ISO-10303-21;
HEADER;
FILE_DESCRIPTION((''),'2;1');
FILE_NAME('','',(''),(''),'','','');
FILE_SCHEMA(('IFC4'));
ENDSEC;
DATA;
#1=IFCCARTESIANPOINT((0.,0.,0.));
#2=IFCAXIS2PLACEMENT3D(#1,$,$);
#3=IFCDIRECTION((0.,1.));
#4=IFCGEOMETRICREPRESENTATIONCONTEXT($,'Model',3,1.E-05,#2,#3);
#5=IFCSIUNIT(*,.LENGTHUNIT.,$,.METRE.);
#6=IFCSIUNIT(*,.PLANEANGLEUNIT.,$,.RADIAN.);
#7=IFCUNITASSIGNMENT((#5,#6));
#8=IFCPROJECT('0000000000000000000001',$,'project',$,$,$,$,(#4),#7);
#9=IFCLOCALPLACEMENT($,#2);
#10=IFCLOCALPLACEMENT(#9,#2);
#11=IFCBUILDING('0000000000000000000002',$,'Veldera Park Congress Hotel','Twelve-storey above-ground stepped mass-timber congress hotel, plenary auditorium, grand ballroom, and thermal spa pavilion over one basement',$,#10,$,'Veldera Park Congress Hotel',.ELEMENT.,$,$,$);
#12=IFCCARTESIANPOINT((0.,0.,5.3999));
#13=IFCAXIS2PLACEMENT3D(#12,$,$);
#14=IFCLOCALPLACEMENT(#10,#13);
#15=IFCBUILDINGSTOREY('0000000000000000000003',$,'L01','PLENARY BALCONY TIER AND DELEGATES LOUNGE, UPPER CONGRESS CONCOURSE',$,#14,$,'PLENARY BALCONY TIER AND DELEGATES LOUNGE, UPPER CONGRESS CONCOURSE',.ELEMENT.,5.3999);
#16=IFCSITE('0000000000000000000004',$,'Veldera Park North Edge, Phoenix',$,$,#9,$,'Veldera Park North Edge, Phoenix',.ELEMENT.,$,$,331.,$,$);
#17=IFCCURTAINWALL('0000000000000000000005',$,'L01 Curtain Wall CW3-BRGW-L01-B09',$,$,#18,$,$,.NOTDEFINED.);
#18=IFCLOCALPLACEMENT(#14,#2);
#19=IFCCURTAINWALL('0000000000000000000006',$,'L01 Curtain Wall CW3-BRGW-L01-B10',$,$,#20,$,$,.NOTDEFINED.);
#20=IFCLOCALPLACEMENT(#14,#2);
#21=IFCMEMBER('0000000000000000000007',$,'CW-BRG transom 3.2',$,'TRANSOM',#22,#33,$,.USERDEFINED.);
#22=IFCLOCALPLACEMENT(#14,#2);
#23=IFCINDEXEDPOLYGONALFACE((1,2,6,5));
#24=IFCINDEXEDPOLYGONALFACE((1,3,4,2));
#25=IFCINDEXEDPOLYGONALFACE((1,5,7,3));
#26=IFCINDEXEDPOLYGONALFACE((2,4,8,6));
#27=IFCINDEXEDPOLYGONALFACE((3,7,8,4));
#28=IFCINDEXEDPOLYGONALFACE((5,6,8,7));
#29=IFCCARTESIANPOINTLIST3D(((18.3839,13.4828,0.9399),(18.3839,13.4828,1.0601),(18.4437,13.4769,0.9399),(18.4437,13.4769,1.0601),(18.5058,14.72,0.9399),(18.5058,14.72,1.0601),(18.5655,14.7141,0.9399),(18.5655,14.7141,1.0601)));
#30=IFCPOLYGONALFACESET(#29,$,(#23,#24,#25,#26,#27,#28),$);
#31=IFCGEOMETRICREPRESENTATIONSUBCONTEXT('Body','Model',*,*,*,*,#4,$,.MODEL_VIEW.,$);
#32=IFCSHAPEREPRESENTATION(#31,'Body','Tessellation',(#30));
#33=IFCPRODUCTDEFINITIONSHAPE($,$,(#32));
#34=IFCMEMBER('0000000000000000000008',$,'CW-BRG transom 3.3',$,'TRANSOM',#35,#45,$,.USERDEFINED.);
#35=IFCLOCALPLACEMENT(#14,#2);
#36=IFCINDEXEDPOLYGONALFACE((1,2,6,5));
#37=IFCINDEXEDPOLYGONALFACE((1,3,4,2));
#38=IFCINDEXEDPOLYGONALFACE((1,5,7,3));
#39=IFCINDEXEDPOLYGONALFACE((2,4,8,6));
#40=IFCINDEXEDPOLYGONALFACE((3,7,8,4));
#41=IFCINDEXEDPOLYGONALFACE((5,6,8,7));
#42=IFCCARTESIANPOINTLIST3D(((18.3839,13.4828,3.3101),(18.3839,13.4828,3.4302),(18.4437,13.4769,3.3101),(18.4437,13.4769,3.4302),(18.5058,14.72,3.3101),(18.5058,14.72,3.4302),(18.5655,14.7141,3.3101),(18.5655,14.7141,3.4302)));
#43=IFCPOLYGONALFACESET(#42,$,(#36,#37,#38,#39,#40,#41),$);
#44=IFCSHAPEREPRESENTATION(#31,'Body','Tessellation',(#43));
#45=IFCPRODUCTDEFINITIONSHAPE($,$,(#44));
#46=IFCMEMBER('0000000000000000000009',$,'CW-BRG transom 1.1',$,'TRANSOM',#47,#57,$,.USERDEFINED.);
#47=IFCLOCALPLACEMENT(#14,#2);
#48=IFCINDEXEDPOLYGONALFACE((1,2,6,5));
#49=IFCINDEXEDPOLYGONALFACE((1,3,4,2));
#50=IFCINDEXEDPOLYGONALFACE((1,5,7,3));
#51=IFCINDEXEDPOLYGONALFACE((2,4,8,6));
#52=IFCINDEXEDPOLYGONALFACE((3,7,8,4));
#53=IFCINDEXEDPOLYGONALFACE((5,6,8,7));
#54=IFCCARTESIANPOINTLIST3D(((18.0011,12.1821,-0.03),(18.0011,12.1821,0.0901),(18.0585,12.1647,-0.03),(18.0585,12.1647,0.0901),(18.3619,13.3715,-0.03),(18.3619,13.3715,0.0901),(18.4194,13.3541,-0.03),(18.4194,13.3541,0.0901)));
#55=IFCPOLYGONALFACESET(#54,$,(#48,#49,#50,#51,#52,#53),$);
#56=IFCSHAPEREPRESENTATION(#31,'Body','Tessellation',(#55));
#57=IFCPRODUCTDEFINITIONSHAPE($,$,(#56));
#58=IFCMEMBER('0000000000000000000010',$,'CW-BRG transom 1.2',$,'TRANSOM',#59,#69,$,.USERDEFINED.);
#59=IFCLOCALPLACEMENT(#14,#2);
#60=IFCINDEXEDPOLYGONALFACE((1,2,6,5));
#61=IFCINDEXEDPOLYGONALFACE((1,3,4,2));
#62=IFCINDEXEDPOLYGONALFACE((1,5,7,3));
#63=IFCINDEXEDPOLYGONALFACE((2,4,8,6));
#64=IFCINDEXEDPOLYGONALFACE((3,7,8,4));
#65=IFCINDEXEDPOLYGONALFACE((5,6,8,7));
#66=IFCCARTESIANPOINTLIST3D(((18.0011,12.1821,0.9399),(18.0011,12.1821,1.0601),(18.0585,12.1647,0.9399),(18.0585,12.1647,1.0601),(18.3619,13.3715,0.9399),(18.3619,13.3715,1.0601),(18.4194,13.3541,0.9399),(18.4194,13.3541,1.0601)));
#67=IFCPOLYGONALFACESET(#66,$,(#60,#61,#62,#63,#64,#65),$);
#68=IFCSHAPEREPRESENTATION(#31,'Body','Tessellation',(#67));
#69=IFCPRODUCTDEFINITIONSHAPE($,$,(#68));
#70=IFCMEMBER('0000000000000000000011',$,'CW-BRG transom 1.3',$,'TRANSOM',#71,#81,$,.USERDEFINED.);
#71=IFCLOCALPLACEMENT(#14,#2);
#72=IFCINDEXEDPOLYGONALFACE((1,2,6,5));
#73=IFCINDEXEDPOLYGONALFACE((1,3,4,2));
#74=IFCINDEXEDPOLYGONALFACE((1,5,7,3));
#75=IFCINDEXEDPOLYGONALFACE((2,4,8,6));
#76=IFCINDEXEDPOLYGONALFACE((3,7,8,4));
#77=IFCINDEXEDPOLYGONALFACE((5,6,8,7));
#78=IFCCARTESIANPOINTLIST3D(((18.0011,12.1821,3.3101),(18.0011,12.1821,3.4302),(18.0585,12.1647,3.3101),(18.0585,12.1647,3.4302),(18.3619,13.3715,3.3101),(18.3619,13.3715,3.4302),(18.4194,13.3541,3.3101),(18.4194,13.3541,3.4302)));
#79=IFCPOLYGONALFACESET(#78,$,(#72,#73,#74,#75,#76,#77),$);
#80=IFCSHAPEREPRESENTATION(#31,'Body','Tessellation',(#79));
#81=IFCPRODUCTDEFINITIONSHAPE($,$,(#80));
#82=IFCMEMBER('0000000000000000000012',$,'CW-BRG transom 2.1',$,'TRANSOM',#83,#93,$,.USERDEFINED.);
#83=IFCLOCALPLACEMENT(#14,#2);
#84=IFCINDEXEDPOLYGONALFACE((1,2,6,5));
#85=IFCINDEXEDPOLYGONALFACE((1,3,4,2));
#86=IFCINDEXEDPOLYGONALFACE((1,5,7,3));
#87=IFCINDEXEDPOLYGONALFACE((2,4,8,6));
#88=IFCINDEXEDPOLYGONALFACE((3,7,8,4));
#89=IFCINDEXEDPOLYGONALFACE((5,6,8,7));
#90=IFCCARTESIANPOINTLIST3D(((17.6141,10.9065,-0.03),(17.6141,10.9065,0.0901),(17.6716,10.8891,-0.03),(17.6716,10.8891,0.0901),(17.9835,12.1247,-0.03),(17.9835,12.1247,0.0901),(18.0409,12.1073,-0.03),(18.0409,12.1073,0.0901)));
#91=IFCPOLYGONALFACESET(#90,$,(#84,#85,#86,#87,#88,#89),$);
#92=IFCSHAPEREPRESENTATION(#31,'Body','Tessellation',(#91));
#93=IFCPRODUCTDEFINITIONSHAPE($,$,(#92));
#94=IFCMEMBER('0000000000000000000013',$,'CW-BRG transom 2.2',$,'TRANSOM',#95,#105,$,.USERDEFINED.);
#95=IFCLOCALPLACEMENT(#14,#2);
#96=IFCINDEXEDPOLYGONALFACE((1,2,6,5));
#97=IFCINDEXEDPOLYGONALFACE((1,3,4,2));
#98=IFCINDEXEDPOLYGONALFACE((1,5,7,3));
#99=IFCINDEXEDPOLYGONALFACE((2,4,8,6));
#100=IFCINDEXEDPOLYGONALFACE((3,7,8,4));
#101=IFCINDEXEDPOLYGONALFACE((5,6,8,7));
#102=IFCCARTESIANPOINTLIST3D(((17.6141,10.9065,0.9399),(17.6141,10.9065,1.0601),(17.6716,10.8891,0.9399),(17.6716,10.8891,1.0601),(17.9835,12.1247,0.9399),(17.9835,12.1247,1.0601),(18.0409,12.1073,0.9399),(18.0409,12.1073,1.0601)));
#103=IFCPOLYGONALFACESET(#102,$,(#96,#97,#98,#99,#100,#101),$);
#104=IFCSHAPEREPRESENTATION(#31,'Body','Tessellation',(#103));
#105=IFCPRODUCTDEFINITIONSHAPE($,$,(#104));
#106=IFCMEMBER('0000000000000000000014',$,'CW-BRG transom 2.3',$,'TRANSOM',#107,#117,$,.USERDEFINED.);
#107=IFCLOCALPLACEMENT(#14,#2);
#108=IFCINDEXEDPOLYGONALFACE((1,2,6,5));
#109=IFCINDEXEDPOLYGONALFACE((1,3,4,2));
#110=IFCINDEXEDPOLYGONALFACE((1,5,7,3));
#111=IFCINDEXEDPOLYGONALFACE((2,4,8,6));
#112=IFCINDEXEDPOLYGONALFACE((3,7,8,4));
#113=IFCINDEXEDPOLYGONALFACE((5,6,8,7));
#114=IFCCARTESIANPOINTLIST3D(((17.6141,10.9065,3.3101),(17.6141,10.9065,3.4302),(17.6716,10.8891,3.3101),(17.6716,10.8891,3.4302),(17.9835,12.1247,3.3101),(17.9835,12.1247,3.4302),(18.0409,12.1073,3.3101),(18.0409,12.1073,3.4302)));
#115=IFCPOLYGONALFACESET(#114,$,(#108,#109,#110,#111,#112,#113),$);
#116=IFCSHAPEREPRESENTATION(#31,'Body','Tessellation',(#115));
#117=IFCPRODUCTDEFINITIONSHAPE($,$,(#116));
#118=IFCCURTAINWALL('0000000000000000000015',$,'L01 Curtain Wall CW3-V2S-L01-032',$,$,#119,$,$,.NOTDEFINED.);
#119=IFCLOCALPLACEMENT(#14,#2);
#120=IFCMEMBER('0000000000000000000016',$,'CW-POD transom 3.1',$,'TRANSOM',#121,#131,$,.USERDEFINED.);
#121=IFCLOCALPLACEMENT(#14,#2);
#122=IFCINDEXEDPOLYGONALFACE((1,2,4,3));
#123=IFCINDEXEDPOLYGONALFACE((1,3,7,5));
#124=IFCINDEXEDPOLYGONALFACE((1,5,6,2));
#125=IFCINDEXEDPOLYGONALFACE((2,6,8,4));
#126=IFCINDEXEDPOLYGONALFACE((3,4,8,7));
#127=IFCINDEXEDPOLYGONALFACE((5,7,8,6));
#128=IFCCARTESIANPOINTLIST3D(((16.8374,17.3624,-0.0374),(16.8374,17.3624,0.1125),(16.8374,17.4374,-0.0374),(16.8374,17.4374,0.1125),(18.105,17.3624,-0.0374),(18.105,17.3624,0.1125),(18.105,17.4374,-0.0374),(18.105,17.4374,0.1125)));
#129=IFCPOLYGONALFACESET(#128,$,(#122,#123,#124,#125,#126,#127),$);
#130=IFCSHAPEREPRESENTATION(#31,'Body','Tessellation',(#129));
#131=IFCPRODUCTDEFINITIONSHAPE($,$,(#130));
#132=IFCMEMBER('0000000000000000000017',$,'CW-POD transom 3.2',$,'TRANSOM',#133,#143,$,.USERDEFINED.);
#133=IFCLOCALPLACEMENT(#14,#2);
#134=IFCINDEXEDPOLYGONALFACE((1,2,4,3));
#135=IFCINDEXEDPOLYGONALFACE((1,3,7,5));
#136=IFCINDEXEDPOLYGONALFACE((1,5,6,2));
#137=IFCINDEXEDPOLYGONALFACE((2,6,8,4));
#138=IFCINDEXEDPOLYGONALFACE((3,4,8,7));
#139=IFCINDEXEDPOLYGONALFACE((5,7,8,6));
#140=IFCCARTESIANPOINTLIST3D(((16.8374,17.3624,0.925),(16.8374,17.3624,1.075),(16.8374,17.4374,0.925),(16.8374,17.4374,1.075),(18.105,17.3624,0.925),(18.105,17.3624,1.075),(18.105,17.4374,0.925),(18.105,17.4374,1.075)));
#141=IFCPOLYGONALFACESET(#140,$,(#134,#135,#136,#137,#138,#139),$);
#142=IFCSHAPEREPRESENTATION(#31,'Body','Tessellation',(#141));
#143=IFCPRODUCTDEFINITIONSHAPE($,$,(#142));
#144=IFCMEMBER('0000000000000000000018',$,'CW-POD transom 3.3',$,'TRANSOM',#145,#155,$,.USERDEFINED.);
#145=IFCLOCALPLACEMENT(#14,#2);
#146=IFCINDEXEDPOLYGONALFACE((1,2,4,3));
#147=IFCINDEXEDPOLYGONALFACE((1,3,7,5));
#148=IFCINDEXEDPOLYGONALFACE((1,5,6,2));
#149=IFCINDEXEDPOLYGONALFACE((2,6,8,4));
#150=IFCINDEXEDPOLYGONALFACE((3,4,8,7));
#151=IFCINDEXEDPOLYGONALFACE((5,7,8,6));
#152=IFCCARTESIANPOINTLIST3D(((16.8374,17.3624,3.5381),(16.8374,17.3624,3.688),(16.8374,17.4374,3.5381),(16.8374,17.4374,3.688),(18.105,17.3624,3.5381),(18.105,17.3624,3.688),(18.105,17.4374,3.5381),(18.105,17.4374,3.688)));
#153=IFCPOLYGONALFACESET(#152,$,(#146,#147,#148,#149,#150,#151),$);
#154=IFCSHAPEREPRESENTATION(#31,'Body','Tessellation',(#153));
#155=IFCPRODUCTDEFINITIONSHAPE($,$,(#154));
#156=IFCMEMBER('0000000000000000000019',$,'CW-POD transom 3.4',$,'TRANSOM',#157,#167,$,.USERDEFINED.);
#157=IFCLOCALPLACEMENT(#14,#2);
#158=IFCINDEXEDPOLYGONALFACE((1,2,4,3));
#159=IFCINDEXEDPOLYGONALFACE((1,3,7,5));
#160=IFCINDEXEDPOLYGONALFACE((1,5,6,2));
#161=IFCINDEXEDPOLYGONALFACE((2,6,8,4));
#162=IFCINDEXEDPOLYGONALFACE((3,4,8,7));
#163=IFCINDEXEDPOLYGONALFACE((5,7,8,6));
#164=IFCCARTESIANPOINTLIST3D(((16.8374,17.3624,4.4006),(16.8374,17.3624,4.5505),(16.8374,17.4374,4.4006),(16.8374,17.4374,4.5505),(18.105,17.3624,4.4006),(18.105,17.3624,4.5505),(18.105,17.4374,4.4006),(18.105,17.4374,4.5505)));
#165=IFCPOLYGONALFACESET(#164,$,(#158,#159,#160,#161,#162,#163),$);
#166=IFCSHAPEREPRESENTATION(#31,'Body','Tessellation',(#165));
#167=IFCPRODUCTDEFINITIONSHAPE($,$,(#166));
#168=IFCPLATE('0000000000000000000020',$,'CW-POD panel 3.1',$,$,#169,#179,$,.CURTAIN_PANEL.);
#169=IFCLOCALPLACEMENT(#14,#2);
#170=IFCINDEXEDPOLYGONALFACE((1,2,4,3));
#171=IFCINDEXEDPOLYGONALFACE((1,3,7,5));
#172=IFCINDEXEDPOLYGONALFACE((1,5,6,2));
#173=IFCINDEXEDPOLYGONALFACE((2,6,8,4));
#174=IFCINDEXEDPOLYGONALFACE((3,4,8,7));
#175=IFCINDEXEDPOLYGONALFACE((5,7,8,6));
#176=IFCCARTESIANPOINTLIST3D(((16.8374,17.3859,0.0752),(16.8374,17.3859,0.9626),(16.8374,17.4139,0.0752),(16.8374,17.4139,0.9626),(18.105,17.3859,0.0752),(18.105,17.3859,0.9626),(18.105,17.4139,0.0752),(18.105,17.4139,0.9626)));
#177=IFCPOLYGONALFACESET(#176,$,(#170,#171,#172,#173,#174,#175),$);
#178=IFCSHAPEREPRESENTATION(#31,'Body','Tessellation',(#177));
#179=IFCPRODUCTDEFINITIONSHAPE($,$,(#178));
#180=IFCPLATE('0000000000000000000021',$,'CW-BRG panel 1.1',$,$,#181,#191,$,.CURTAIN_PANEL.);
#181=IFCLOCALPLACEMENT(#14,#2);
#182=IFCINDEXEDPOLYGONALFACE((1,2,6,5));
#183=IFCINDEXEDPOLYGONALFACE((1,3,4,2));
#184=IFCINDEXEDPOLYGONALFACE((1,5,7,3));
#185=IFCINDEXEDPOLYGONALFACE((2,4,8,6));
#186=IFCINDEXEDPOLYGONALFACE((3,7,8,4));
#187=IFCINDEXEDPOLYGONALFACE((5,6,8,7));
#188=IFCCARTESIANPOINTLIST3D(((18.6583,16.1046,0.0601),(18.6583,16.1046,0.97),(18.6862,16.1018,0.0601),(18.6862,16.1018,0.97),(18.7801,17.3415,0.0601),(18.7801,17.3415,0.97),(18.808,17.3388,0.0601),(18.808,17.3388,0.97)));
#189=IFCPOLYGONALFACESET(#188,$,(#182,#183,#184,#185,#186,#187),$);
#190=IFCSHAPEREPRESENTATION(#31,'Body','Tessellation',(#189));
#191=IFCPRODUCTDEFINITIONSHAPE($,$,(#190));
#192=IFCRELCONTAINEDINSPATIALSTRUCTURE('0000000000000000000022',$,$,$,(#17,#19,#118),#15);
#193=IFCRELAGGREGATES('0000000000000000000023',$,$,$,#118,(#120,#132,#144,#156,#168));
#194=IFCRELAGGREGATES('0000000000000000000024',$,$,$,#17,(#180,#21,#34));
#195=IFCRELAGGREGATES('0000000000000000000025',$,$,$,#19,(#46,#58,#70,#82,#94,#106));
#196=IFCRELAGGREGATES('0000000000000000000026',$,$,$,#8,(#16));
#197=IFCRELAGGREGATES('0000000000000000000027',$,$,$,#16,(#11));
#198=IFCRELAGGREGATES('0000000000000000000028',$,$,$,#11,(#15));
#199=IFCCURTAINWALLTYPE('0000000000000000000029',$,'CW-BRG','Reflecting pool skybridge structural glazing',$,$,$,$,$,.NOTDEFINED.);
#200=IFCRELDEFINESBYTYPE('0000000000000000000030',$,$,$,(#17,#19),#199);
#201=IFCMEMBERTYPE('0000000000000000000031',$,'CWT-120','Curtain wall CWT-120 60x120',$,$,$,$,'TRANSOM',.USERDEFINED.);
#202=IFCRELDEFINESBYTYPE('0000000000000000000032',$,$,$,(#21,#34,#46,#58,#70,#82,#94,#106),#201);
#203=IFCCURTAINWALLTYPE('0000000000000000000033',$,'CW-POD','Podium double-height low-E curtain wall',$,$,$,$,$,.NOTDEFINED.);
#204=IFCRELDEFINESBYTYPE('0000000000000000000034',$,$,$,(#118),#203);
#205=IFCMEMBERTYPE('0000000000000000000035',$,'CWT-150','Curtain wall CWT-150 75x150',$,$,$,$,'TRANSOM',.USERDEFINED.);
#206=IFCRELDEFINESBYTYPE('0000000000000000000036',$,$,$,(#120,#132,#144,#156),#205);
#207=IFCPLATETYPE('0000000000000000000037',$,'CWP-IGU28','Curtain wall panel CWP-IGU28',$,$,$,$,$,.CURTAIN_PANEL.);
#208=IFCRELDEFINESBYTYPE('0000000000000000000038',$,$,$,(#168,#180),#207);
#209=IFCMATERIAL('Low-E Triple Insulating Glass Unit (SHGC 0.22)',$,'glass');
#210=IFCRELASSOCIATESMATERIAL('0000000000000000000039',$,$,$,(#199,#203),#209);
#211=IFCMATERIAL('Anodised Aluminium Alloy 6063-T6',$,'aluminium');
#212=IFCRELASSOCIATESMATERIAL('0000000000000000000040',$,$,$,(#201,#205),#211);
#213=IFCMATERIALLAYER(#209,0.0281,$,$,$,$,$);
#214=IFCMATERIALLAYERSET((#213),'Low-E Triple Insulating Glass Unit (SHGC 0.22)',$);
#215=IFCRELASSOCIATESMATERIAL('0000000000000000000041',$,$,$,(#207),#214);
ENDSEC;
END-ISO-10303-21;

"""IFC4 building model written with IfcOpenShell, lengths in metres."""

from ifc_helpers import new_model, si_unit, direction, frame, origin, origin_2d, place, context, subcontext, project, spatial, rectangle, extrude, material, layer, layer_set, material_profile, profile_set, type_object, element, aggregate, save


model = new_model("IFC4")

# Units and contexts
model_context = context("Model", 3, precision=1e-05, world=origin(), true_north=direction((0.0, 1.0)))
body_context = subcontext(model_context, "Body", "Model", "MODEL_VIEW")
ifc_project = project(units=[si_unit("LENGTHUNIT", "METRE"), si_unit("PLANEANGLEUNIT", "RADIAN")], contexts=[model_context])

# Site, building, storey
site_placement = place(None, origin())
site = spatial("IfcSite", under=ifc_project, at=site_placement, Name="Veldera Park North Edge, Phoenix", LongName="Veldera Park North Edge, Phoenix", CompositionType="ELEMENT", RefElevation=331.0)
building_placement = place(site_placement, origin())
building = spatial("IfcBuilding", under=site, at=building_placement, Name="Veldera Park Congress Hotel", Description="Twelve-storey above-ground stepped mass-timber congress hotel, plenary auditorium, grand ballroom, and thermal spa pavilion over one basement", LongName="Veldera Park Congress Hotel", CompositionType="ELEMENT")
storey_placement = place(building_placement, frame((0.0, 0.0, 5.3999)))
storey = spatial("IfcBuildingStorey", under=building, at=storey_placement, Name="L01", Description="PLENARY BALCONY TIER AND DELEGATES LOUNGE, UPPER CONGRESS CONCOURSE", LongName="PLENARY BALCONY TIER AND DELEGATES LOUNGE, UPPER CONGRESS CONCOURSE", CompositionType="ELEMENT", Elevation=5.3999)

# Curtain walls
ifc_material_1 = material(Name="Low-E Triple Insulating Glass Unit (SHGC 0.22)", Category="glass")
curtain_wall_type_1 = type_object("IfcCurtainWallType", Name="CW-BRG", Description="Reflecting pool skybridge structural glazing", PredefinedType="NOTDEFINED", material=ifc_material_1)
curtain_wall_1_placement = place(storey_placement, origin())
curtain_wall_1 = element("IfcCurtainWall", 1, at=curtain_wall_1_placement, inside=storey, type_object=curtain_wall_type_1, Name="L01 Curtain Wall CW3-BRGW-L01-B09", PredefinedType="NOTDEFINED")
ifc_material_2 = material(Name="Anodised Aluminium Alloy 6063-T6", Category="aluminium")
curtain_wall_2_placement = place(storey_placement, origin())
curtain_wall_2 = element("IfcCurtainWall", 2, at=curtain_wall_2_placement, inside=storey, type_object=curtain_wall_type_1, Name="L01 Curtain Wall CW3-BRGW-L01-B10", PredefinedType="NOTDEFINED")

# Shared definitions
ifc_material_profile_1 = material_profile(ifc_material_2, rectangle(XDim=0.0601, YDim=0.1201, at=origin_2d()), Name="ALU 60x120")
ifc_profile_set_1 = profile_set([ifc_material_profile_1], Name="Anodised Aluminium Alloy 6063-T6")
member_type_1 = type_object("IfcMemberType", Name="CWT-120", Description="Curtain wall CWT-120 60x120", ElementType="TRANSOM", PredefinedType="USERDEFINED", material=ifc_profile_set_1)

# Members
member_1_placement = place(storey_placement, frame((18.5356, 14.717, 1.0), z_axis=(-0.098006, -0.995186, 0.0), x_axis=(0.995186, -0.098006, 0.0)))
member_1 = element("IfcMember", 3, at=member_1_placement, type_object=member_type_1, Name="CW-BRG transom 3.2", ObjectType="TRANSOM", PredefinedType="USERDEFINED", context=body_context, shape_type="SweptSolid", body=[
    extrude(rectangle(XDim=0.0601, YDim=0.1201, at=origin_2d()), origin(), (0.0, 0.0, 1.0), 1.2432),
])
member_2_placement = place(storey_placement, frame((18.5356, 14.717, 3.3701), z_axis=(-0.098006, -0.995186, 0.0), x_axis=(0.995186, -0.098006, 0.0)))
member_2 = element("IfcMember", 4, at=member_2_placement, type_object=member_type_1, Name="CW-BRG transom 3.3", ObjectType="TRANSOM", PredefinedType="USERDEFINED", context=body_context, shape_type="SweptSolid", body=[
    extrude(rectangle(XDim=0.0601, YDim=0.1201, at=origin_2d()), origin(), (0.0, 0.0, 1.0), 1.2432),
])
member_3_placement = place(storey_placement, frame((18.3906, 13.3628, 0.03), z_axis=(-0.290302, -0.956935, 0.0), x_axis=(0.956935, -0.290302, 0.0)))
member_3 = element("IfcMember", 5, at=member_3_placement, type_object=member_type_1, Name="CW-BRG transom 1.1", ObjectType="TRANSOM", PredefinedType="USERDEFINED", context=body_context, shape_type="SweptSolid", body=[
    extrude(rectangle(XDim=0.0601, YDim=0.1201, at=origin_2d()), origin(), (0.0, 0.0, 1.0), 1.2429),
])
member_4_placement = place(storey_placement, frame((18.3906, 13.3628, 1.0), z_axis=(-0.290302, -0.956935, 0.0), x_axis=(0.956935, -0.290302, 0.0)))
member_4 = element("IfcMember", 6, at=member_4_placement, type_object=member_type_1, Name="CW-BRG transom 1.2", ObjectType="TRANSOM", PredefinedType="USERDEFINED", context=body_context, shape_type="SweptSolid", body=[
    extrude(rectangle(XDim=0.0601, YDim=0.1201, at=origin_2d()), origin(), (0.0, 0.0, 1.0), 1.2429),
])
member_5_placement = place(storey_placement, frame((18.3906, 13.3628, 3.3701), z_axis=(-0.290302, -0.956935, 0.0), x_axis=(0.956935, -0.290302, 0.0)))
member_5 = element("IfcMember", 7, at=member_5_placement, type_object=member_type_1, Name="CW-BRG transom 1.3", ObjectType="TRANSOM", PredefinedType="USERDEFINED", context=body_context, shape_type="SweptSolid", body=[
    extrude(rectangle(XDim=0.0601, YDim=0.1201, at=origin_2d()), origin(), (0.0, 0.0, 1.0), 1.2429),
])
member_6_placement = place(storey_placement, frame((18.0122, 12.116, 0.03), z_axis=(-0.290162, -0.956978, 0.0), x_axis=(0.956978, -0.290162, 0.0)))
member_6 = element("IfcMember", 8, at=member_6_placement, type_object=member_type_1, Name="CW-BRG transom 2.1", ObjectType="TRANSOM", PredefinedType="USERDEFINED", context=body_context, shape_type="SweptSolid", body=[
    extrude(rectangle(XDim=0.0601, YDim=0.1201, at=origin_2d()), origin(), (0.0, 0.0, 1.0), 1.2729),
])
member_7_placement = place(storey_placement, frame((18.0122, 12.116, 1.0), z_axis=(-0.290162, -0.956978, 0.0), x_axis=(0.956978, -0.290162, 0.0)))
member_7 = element("IfcMember", 9, at=member_7_placement, type_object=member_type_1, Name="CW-BRG transom 2.2", ObjectType="TRANSOM", PredefinedType="USERDEFINED", context=body_context, shape_type="SweptSolid", body=[
    extrude(rectangle(XDim=0.0601, YDim=0.1201, at=origin_2d()), origin(), (0.0, 0.0, 1.0), 1.2729),
])
member_8_placement = place(storey_placement, frame((18.0122, 12.116, 3.3701), z_axis=(-0.290162, -0.956978, 0.0), x_axis=(0.956978, -0.290162, 0.0)))
member_8 = element("IfcMember", 10, at=member_8_placement, type_object=member_type_1, Name="CW-BRG transom 2.3", ObjectType="TRANSOM", PredefinedType="USERDEFINED", context=body_context, shape_type="SweptSolid", body=[
    extrude(rectangle(XDim=0.0601, YDim=0.1201, at=origin_2d()), origin(), (0.0, 0.0, 1.0), 1.2729),
])

# Curtain wall, members, plate
curtain_wall_type_2 = type_object("IfcCurtainWallType", Name="CW-POD", Description="Podium double-height low-E curtain wall", PredefinedType="NOTDEFINED", material=ifc_material_1)
curtain_wall_3_placement = place(storey_placement, origin())
curtain_wall_3 = element("IfcCurtainWall", 11, at=curtain_wall_3_placement, inside=storey, type_object=curtain_wall_type_2, Name="L01 Curtain Wall CW3-V2S-L01-032", PredefinedType="NOTDEFINED")
ifc_material_profile_2 = material_profile(ifc_material_2, rectangle(XDim=0.075, YDim=0.1499, at=origin_2d()), Name="ALU 75x150")
ifc_profile_set_2 = profile_set([ifc_material_profile_2], Name="Anodised Aluminium Alloy 6063-T6")
member_type_2 = type_object("IfcMemberType", Name="CWT-150", Description="Curtain wall CWT-150 75x150", ElementType="TRANSOM", PredefinedType="USERDEFINED", material=ifc_profile_set_2)
member_9_placement = place(storey_placement, frame((16.8374, 17.3999, 0.0376), z_axis=(1.0, 0.0, 0.0), x_axis=(0.0, 1.0, 0.0)))
member_9 = element("IfcMember", 12, at=member_9_placement, type_object=member_type_2, Name="CW-POD transom 3.1", ObjectType="TRANSOM", PredefinedType="USERDEFINED", context=body_context, shape_type="SweptSolid", body=[
    extrude(rectangle(XDim=0.075, YDim=0.1499, at=origin_2d()), origin(), (0.0, 0.0, 1.0), 1.2676),
])
member_10_placement = place(storey_placement, frame((16.8374, 17.3999, 1.0), z_axis=(1.0, 0.0, 0.0), x_axis=(0.0, 1.0, 0.0)))
member_10 = element("IfcMember", 13, at=member_10_placement, type_object=member_type_2, Name="CW-POD transom 3.2", ObjectType="TRANSOM", PredefinedType="USERDEFINED", context=body_context, shape_type="SweptSolid", body=[
    extrude(rectangle(XDim=0.075, YDim=0.1499, at=origin_2d()), origin(), (0.0, 0.0, 1.0), 1.2676),
])
member_11_placement = place(storey_placement, frame((16.8374, 17.3999, 3.613), z_axis=(1.0, 0.0, 0.0), x_axis=(0.0, 1.0, 0.0)))
member_11 = element("IfcMember", 14, at=member_11_placement, type_object=member_type_2, Name="CW-POD transom 3.3", ObjectType="TRANSOM", PredefinedType="USERDEFINED", context=body_context, shape_type="SweptSolid", body=[
    extrude(rectangle(XDim=0.075, YDim=0.1499, at=origin_2d()), origin(), (0.0, 0.0, 1.0), 1.2676),
])
member_12_placement = place(storey_placement, frame((16.8374, 17.3999, 4.4756), z_axis=(1.0, 0.0, 0.0), x_axis=(0.0, 1.0, 0.0)))
member_12 = element("IfcMember", 15, at=member_12_placement, type_object=member_type_2, Name="CW-POD transom 3.4", ObjectType="TRANSOM", PredefinedType="USERDEFINED", context=body_context, shape_type="SweptSolid", body=[
    extrude(rectangle(XDim=0.075, YDim=0.1499, at=origin_2d()), origin(), (0.0, 0.0, 1.0), 1.2676),
])
ifc_layer = layer(ifc_material_1, 0.0281)
ifc_layer_set = layer_set([ifc_layer], Name="Low-E Triple Insulating Glass Unit (SHGC 0.22)")
plate_type = type_object("IfcPlateType", Name="CWP-IGU28", Description="Curtain wall panel CWP-IGU28", PredefinedType="CURTAIN_PANEL", material=ifc_layer_set)
plate_1_placement = place(storey_placement, frame((17.4712, 17.3999, 0.0752), z_axis=(0.0, 0.0, 1.0), x_axis=(1.0, 0.0, 0.0)))
plate_1 = element("IfcPlate", 16, at=plate_1_placement, type_object=plate_type, Name="CW-POD panel 3.1", PredefinedType="CURTAIN_PANEL", context=body_context, shape_type="SweptSolid", body=[
    extrude(rectangle(XDim=1.2676, YDim=0.0281, at=origin_2d()), origin(), (0.0, 0.0, 1.0), 0.8875),
])
aggregate(curtain_wall_3, [member_9, member_10, member_11, member_12, plate_1])

# Plate
plate_2_placement = place(storey_placement, frame((18.7332, 16.7217, 0.0601), z_axis=(0.0, 0.0, 1.0), x_axis=(-0.098023, -0.995184, 0.0)))
plate_2 = element("IfcPlate", 17, at=plate_2_placement, type_object=plate_type, Name="CW-BRG panel 1.1", PredefinedType="CURTAIN_PANEL", context=body_context, shape_type="SweptSolid", body=[
    extrude(rectangle(XDim=1.2429, YDim=0.0281, at=origin_2d()), origin(), (0.0, 0.0, 1.0), 0.9099),
])
aggregate(curtain_wall_1, [plate_2, member_1, member_2])
aggregate(curtain_wall_2, [member_3, member_4, member_5, member_6, member_7, member_8])

save(model, "model.ifc")
